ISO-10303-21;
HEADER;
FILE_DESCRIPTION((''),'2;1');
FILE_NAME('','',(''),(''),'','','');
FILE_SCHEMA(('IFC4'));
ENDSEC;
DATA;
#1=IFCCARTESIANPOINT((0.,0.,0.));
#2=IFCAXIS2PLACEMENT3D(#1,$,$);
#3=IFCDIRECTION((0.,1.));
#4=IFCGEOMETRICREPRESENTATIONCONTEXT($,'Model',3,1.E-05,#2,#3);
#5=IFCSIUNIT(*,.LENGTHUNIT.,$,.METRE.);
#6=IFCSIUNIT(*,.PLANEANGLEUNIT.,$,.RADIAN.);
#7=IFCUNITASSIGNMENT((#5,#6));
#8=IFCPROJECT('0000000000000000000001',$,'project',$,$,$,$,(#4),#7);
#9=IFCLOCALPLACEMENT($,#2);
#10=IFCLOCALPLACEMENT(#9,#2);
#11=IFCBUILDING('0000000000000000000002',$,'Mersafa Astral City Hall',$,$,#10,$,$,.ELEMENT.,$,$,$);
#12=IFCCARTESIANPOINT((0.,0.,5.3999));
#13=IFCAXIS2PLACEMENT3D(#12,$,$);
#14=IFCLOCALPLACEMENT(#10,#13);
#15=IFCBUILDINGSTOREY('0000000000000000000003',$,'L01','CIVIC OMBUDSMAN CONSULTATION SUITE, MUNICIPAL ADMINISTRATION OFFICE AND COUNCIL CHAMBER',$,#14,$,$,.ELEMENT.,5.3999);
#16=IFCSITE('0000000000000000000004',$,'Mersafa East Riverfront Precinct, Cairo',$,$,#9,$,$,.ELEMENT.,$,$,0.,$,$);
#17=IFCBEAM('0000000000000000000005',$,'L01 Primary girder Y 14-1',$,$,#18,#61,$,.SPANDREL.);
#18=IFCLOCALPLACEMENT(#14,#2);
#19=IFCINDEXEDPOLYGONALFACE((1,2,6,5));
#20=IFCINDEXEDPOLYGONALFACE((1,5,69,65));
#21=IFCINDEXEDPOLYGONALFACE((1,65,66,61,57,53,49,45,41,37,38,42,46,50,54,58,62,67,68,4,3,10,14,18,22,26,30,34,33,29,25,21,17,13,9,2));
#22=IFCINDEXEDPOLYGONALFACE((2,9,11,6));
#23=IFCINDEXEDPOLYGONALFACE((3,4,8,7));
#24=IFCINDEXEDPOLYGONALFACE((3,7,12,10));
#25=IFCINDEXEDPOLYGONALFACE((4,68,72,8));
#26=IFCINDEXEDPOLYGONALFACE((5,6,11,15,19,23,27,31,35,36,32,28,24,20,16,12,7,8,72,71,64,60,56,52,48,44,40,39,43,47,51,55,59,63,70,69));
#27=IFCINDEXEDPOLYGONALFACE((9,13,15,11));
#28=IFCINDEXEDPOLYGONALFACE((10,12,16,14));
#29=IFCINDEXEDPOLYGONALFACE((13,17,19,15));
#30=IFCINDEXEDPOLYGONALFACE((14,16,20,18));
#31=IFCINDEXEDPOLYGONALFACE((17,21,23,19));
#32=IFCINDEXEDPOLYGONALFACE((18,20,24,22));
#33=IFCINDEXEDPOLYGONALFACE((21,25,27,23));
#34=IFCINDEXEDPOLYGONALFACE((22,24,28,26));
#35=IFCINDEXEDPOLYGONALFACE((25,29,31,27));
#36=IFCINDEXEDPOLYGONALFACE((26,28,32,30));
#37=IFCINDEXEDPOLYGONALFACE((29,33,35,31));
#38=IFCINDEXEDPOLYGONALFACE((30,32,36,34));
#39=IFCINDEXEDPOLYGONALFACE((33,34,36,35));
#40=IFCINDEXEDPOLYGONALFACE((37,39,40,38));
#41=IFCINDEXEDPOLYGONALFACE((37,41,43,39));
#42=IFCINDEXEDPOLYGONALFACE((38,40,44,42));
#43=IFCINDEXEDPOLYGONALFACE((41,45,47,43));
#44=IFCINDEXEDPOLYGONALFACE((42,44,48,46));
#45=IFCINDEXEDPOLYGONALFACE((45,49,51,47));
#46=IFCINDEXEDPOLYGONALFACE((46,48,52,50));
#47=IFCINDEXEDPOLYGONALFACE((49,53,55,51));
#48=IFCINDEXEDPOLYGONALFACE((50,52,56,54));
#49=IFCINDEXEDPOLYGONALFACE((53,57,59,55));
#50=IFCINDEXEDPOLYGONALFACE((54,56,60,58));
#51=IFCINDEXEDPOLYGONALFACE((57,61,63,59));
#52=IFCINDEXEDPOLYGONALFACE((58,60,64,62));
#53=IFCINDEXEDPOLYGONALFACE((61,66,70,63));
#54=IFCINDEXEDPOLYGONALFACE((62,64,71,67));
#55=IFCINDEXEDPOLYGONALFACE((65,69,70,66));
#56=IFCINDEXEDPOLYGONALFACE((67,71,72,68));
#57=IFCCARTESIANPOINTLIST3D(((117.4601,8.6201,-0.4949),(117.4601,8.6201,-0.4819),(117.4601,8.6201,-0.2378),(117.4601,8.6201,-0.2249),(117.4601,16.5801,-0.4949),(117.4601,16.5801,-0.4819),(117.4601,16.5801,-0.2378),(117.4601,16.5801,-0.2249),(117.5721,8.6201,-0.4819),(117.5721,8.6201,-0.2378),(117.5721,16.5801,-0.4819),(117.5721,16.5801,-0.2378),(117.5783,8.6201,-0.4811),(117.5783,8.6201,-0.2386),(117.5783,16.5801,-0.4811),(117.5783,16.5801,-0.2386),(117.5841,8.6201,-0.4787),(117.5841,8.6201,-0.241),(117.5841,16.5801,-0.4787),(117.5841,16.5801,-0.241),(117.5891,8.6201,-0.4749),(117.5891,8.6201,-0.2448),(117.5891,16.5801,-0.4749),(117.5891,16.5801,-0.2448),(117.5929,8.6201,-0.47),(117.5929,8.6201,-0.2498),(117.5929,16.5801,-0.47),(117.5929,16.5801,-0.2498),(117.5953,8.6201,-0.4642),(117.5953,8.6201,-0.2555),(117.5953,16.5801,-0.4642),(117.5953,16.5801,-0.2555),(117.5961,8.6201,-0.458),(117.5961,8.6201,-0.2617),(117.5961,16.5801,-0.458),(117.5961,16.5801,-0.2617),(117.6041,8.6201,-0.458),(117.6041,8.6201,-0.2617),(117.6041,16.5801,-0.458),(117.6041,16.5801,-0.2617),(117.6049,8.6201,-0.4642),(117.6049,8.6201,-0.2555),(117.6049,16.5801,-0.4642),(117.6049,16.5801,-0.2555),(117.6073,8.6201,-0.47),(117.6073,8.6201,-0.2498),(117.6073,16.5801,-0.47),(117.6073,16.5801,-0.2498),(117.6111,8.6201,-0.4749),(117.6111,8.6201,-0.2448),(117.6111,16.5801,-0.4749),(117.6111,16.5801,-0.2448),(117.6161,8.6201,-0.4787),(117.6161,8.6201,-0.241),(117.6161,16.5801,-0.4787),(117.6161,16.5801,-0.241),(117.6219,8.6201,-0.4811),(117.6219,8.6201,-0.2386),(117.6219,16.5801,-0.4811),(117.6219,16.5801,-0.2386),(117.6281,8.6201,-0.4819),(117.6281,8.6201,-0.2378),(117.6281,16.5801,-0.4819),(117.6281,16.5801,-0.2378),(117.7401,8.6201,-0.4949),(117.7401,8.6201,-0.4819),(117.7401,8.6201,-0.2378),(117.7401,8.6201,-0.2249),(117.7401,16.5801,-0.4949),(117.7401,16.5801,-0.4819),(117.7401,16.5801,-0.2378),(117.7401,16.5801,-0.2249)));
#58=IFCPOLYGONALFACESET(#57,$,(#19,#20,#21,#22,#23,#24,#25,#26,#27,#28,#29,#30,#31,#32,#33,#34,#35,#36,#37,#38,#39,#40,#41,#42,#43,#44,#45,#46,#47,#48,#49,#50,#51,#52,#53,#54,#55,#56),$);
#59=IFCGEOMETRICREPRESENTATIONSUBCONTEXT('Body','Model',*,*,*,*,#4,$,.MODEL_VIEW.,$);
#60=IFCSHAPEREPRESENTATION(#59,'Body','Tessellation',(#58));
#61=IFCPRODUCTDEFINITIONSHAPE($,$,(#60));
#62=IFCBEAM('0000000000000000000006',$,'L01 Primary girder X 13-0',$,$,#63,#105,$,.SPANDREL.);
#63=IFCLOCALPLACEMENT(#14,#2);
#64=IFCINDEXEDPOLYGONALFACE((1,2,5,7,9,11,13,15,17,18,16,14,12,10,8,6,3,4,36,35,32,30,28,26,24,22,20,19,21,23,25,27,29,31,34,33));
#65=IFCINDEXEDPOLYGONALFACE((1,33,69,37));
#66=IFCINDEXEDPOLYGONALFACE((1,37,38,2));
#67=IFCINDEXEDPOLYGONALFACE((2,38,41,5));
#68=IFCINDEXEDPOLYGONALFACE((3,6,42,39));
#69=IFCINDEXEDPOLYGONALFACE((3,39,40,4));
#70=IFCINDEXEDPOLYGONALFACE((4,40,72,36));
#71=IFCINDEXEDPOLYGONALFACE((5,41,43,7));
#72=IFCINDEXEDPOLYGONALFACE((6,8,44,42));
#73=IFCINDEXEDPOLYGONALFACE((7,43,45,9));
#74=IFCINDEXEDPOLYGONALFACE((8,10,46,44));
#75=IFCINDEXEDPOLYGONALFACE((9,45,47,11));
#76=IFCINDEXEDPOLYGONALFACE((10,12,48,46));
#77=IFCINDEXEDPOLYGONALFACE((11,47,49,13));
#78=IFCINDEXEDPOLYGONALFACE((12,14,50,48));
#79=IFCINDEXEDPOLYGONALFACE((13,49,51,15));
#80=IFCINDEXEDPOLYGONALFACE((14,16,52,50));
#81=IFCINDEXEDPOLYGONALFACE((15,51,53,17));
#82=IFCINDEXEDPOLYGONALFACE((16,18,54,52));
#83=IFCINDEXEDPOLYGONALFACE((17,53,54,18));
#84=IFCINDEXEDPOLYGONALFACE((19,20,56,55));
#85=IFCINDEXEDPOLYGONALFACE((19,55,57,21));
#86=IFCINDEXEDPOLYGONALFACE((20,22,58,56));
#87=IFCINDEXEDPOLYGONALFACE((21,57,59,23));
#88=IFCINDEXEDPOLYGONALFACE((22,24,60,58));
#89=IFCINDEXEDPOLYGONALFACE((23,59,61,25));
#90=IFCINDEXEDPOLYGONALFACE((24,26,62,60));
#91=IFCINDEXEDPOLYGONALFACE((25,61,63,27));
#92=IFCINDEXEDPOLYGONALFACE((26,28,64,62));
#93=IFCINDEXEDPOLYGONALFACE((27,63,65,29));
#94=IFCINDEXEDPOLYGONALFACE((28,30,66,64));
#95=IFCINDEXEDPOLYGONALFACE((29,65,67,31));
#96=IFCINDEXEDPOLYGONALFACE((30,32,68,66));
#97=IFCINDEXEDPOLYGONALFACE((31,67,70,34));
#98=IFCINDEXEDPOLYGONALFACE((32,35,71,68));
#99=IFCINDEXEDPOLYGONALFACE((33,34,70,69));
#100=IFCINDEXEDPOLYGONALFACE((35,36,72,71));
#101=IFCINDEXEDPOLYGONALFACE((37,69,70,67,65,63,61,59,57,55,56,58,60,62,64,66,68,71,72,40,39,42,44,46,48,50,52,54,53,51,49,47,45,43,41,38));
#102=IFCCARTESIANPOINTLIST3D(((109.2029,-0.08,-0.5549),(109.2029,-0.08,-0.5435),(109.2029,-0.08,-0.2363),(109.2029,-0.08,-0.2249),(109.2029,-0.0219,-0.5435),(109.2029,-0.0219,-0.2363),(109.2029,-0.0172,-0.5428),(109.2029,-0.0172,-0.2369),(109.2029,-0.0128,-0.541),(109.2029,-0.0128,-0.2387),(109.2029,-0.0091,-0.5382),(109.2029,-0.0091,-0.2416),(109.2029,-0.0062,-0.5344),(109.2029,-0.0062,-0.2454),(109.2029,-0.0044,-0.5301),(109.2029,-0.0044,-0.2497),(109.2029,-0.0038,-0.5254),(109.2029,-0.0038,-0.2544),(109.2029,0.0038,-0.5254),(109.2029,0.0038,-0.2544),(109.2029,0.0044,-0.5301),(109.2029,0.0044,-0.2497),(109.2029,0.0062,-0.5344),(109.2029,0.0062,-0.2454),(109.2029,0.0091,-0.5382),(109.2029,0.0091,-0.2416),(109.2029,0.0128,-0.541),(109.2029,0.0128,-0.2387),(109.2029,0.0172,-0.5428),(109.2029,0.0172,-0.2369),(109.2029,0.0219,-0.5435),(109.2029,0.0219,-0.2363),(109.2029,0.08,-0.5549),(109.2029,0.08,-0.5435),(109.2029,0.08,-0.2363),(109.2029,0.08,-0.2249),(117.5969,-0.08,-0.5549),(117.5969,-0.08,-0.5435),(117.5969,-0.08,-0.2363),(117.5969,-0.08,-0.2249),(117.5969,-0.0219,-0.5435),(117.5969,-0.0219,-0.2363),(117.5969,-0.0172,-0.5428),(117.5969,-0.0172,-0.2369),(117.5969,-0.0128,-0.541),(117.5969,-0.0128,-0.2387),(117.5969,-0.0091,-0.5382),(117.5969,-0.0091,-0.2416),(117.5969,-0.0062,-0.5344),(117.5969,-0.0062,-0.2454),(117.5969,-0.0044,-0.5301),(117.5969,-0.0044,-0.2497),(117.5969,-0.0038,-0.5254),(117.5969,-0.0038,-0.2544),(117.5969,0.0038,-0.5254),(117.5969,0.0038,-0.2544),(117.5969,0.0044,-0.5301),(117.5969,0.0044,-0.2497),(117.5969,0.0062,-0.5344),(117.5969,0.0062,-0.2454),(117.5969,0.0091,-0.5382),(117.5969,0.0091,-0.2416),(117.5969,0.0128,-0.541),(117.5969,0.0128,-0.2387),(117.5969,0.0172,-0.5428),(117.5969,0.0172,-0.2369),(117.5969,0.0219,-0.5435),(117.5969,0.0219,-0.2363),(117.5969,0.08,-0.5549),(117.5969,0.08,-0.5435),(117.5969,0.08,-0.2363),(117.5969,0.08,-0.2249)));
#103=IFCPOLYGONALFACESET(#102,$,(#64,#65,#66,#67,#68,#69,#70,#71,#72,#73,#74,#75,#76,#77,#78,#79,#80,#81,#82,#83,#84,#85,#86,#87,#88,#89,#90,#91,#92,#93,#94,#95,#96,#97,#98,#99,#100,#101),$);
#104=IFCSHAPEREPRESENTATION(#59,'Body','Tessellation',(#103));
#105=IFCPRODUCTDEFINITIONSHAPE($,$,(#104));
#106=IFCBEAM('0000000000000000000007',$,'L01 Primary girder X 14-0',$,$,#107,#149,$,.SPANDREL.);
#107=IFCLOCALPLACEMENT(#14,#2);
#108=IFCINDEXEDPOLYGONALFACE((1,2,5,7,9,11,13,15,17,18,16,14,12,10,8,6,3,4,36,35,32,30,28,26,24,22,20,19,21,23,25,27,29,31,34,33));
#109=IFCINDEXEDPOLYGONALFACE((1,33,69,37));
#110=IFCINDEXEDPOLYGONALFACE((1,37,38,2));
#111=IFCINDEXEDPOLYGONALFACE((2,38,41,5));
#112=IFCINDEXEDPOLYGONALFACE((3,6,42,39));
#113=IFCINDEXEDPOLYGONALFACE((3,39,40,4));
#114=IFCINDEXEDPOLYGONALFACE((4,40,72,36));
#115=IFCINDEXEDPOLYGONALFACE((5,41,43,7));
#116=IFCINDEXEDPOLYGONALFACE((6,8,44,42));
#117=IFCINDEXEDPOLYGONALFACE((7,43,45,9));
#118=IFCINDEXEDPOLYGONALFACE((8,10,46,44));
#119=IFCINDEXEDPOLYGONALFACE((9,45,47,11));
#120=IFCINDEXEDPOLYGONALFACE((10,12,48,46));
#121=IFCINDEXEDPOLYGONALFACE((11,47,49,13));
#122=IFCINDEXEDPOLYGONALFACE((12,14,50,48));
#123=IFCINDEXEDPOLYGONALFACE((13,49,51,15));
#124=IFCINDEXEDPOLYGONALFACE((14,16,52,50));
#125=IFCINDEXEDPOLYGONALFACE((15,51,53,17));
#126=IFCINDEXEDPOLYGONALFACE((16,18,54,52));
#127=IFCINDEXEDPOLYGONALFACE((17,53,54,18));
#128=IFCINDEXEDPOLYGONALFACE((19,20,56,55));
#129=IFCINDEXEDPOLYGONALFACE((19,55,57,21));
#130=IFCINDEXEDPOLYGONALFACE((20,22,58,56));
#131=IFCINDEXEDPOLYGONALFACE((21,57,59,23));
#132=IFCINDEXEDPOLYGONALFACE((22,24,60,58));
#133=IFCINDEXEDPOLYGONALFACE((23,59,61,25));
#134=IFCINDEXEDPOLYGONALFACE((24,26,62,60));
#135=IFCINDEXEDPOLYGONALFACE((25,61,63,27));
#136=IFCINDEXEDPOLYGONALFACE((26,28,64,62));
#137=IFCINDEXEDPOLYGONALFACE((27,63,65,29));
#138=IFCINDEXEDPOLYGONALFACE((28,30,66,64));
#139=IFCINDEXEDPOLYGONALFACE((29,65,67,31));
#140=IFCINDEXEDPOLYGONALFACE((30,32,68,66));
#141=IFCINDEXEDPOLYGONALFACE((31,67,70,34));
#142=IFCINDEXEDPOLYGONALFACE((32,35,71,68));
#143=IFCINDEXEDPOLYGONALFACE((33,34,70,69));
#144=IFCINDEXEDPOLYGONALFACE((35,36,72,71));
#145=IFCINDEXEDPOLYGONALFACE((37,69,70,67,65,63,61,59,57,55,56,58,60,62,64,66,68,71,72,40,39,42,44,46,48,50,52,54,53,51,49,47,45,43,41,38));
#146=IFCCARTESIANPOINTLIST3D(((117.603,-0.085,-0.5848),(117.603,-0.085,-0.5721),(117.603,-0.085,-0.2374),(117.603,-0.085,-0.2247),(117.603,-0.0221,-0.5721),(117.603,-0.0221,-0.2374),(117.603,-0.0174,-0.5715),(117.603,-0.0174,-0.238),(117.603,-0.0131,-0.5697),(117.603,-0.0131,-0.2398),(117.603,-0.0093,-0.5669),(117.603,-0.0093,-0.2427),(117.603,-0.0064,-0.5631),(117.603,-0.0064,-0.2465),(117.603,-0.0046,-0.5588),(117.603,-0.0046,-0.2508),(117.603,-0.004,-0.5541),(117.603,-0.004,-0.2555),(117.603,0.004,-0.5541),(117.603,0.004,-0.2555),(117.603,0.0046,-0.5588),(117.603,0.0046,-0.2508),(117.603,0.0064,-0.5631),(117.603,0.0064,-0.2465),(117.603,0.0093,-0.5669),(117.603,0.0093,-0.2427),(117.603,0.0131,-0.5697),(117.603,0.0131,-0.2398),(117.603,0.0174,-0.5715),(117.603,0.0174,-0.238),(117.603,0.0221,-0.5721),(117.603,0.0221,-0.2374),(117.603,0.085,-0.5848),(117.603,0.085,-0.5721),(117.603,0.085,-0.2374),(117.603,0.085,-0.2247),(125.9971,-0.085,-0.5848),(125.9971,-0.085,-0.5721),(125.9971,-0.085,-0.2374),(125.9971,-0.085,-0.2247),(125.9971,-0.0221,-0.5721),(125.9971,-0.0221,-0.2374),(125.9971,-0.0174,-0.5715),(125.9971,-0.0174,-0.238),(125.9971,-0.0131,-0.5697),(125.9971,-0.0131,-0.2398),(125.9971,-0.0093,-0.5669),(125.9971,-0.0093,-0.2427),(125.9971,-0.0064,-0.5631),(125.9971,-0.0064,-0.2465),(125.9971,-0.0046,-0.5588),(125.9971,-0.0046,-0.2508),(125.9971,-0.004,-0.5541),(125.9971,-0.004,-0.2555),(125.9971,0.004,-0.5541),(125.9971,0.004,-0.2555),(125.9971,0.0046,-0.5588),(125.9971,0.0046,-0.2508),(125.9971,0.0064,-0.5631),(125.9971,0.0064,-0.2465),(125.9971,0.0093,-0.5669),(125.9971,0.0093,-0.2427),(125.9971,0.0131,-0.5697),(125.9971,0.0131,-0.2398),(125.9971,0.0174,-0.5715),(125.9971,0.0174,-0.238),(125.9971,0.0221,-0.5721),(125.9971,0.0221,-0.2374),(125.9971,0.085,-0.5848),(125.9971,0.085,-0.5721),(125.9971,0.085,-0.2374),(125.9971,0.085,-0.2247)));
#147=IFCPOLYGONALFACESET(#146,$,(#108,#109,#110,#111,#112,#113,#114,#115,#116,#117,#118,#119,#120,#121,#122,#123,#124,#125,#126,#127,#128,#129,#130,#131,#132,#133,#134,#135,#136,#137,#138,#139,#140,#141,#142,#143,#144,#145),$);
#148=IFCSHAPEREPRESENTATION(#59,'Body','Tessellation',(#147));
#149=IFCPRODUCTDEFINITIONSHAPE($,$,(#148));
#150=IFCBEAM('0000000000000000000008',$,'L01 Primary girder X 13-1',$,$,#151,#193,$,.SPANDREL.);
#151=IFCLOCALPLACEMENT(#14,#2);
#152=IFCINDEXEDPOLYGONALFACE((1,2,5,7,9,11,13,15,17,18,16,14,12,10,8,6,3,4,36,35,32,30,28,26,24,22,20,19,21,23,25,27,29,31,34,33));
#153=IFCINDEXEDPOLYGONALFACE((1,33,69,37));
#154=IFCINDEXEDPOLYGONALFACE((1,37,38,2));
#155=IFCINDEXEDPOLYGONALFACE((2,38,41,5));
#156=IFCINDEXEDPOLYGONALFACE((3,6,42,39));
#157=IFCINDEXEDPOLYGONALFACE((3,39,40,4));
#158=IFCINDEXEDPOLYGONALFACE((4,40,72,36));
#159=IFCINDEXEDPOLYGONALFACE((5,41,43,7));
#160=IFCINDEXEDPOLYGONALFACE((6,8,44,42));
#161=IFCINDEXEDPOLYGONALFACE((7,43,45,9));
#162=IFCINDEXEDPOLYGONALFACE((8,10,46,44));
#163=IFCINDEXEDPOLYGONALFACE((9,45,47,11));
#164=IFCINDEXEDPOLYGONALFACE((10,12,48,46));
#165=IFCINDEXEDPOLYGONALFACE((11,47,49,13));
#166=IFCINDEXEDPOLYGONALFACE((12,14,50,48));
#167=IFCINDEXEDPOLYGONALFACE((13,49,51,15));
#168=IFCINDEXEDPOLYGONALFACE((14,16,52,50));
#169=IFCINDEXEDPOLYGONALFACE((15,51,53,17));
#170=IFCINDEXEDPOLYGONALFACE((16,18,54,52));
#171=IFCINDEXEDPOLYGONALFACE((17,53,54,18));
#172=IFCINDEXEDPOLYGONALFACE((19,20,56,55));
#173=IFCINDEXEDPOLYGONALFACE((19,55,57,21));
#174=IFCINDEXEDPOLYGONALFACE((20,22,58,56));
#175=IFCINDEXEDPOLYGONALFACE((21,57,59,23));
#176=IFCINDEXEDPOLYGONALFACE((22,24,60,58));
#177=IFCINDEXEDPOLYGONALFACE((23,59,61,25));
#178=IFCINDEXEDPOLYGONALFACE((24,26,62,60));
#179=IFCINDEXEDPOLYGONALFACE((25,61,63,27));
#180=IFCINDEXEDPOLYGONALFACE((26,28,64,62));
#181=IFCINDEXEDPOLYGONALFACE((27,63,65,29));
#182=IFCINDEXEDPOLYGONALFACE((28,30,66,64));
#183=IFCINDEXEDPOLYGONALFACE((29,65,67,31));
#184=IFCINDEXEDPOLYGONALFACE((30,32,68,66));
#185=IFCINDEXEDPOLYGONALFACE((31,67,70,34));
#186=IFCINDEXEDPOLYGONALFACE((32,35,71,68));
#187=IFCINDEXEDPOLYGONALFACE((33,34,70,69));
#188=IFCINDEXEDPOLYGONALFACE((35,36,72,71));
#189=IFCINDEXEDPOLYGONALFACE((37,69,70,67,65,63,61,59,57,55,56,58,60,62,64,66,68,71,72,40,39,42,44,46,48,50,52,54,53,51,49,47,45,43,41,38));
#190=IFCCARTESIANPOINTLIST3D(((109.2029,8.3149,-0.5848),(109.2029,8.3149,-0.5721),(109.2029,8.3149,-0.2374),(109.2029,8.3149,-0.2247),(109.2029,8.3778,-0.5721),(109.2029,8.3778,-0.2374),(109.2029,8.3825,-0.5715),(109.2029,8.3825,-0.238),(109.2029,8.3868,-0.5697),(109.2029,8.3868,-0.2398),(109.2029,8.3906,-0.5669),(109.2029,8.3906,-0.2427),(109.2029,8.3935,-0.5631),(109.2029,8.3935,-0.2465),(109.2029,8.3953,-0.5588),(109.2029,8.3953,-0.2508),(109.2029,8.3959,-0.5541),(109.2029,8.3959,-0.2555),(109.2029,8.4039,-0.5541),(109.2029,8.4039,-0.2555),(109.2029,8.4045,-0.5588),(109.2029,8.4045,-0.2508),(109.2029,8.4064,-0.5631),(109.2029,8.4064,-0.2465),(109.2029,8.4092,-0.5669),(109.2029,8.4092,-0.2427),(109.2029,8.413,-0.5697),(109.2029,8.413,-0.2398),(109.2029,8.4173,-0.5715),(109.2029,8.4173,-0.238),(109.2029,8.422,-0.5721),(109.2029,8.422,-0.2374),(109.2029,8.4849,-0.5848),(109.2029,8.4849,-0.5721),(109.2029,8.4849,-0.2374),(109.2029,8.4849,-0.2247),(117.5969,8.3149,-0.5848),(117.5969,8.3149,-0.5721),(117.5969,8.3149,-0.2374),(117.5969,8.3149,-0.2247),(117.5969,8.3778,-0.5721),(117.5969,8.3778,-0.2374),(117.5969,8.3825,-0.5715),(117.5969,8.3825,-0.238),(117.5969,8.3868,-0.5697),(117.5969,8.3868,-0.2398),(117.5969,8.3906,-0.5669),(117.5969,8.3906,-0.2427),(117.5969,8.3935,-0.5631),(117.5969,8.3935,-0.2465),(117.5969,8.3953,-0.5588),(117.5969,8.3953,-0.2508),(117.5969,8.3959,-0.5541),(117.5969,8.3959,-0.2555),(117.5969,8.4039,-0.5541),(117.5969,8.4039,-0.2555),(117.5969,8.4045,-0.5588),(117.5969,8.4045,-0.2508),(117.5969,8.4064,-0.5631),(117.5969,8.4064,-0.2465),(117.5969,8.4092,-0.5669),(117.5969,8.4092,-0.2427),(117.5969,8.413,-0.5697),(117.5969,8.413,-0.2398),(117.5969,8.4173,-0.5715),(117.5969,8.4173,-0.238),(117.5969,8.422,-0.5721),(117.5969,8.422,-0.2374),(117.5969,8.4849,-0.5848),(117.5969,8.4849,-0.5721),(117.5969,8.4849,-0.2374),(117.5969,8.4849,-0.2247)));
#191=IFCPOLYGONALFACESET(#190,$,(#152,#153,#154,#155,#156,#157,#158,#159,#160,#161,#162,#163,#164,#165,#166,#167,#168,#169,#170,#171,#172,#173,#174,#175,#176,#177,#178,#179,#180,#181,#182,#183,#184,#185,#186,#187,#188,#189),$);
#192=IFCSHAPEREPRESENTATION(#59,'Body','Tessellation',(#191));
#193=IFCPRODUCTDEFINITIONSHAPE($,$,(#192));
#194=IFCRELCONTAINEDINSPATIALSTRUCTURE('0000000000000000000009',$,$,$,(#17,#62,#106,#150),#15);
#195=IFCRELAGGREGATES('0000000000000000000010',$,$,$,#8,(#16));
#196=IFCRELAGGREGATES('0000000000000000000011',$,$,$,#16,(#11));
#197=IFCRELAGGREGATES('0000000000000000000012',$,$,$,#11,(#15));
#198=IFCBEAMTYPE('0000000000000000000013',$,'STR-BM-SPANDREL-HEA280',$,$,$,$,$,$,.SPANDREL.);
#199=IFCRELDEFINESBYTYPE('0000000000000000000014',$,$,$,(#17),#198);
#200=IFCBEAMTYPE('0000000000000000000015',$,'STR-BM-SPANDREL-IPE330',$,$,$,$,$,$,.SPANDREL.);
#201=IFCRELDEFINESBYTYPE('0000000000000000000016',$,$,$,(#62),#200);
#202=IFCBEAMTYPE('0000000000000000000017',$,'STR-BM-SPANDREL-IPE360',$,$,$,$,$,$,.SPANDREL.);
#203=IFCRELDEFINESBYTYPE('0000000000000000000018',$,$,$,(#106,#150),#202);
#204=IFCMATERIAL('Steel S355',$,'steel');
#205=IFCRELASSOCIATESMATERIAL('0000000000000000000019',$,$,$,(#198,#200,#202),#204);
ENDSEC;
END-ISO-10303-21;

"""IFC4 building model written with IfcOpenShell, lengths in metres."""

from ifc_helpers import new_model, si_unit, direction, frame, origin, origin_2d, place, context, subcontext, project, spatial, i_section, extrude, material, material_profile, profile_set, type_object, element, save


model = new_model("IFC4")

# Units and contexts
model_context = context("Model", 3, precision=1e-05, world=origin(), true_north=direction((0.0, 1.0)))
body_context = subcontext(model_context, "Body", "Model", "MODEL_VIEW")
ifc_project = project(units=[si_unit("LENGTHUNIT", "METRE"), si_unit("PLANEANGLEUNIT", "RADIAN")], contexts=[model_context])

# Site, building, storey
site_placement = place(None, origin())
site = spatial("IfcSite", under=ifc_project, at=site_placement, Name="Mersafa East Riverfront Precinct, Cairo", CompositionType="ELEMENT", RefElevation=0.0)
building_placement = place(site_placement, origin())
building = spatial("IfcBuilding", under=site, at=building_placement, Name="Mersafa Astral City Hall", CompositionType="ELEMENT")
storey_placement = place(building_placement, frame((0.0, 0.0, 5.3999)))
storey = spatial("IfcBuildingStorey", under=building, at=storey_placement, Name="L01", Description="CIVIC OMBUDSMAN CONSULTATION SUITE, MUNICIPAL ADMINISTRATION OFFICE AND COUNCIL CHAMBER", CompositionType="ELEMENT", Elevation=5.3999)

# Shared definitions
ifc_material_1 = material(Name="Steel S355", Category="steel")

# Beams
ifc_material_profile_1 = material_profile(ifc_material_1, i_section(OverallWidth=0.28, OverallDepth=0.27, WebThickness=0.0081, FlangeThickness=0.0129, FilletRadius=0.0239, at=origin_2d()), Name="HEA 280")
ifc_profile_set_1 = profile_set([ifc_material_profile_1], Name="Steel S355")
beam_type_1 = type_object("IfcBeamType", Name="STR-BM-SPANDREL-HEA280", PredefinedType="SPANDREL", material=ifc_profile_set_1)
beam_1_placement = place(storey_placement, frame((117.6001, 8.6201, -0.3599), z_axis=(0.0, 1.0, 0.0), x_axis=(-1.0, 0.0, 0.0)))
element("IfcBeam", 1, at=beam_1_placement, inside=storey, type_object=beam_type_1, Name="L01 Primary girder Y 14-1", PredefinedType="SPANDREL", context=body_context, shape_type="SweptSolid", body=[
    extrude(i_section(OverallWidth=0.28, OverallDepth=0.27, WebThickness=0.0081, FlangeThickness=0.0129, FilletRadius=0.0239, at=origin_2d()), origin(), (0.0, 0.0, 1.0), 7.96),
])
ifc_material_profile_2 = material_profile(ifc_material_1, i_section(OverallWidth=0.1599, OverallDepth=0.3301, WebThickness=0.0076, FlangeThickness=0.0115, FilletRadius=0.0181, at=origin_2d()), Name="IPE 330")
ifc_profile_set_2 = profile_set([ifc_material_profile_2], Name="Steel S355")
beam_type_2 = type_object("IfcBeamType", Name="STR-BM-SPANDREL-IPE330", PredefinedType="SPANDREL", material=ifc_profile_set_2)
beam_2_placement = place(storey_placement, frame((109.2029, 0.0, -0.3899), z_axis=(1.0, 0.0, 0.0), x_axis=(0.0, 1.0, 0.0)))
element("IfcBeam", 2, at=beam_2_placement, inside=storey, type_object=beam_type_2, Name="L01 Primary girder X 13-0", PredefinedType="SPANDREL", context=body_context, shape_type="SweptSolid", body=[
    extrude(i_section(OverallWidth=0.1599, OverallDepth=0.3301, WebThickness=0.0076, FlangeThickness=0.0115, FilletRadius=0.0181, at=origin_2d()), origin(), (0.0, 0.0, 1.0), 8.394),
])
ifc_material_profile_3 = material_profile(ifc_material_1, i_section(OverallWidth=0.1699, OverallDepth=0.3601, WebThickness=0.0081, FlangeThickness=0.0127, FilletRadius=0.0181, at=origin_2d()), Name="IPE 360")
ifc_profile_set_3 = profile_set([ifc_material_profile_3], Name="Steel S355")
beam_type_3 = type_object("IfcBeamType", Name="STR-BM-SPANDREL-IPE360", PredefinedType="SPANDREL", material=ifc_profile_set_3)
for number, where, z_axis, x_axis, name in (
    (3, (117.603, 0.0, -0.4048), (1.0, 0.0, 0.0), (0.0, 1.0, 0.0), "L01 Primary girder X 14-0"),
    (4, (109.2029, 8.3999, -0.4048), (1.0, 0.0, 0.0), (0.0, 1.0, 0.0), "L01 Primary girder X 13-1"),
):
    element("IfcBeam", number, at=place(storey_placement, frame(where, z_axis=z_axis, x_axis=x_axis)), inside=storey, type_object=beam_type_3, Name=name, PredefinedType="SPANDREL", context=body_context, shape_type="SweptSolid", body=[
        extrude(i_section(OverallWidth=0.1699, OverallDepth=0.3601, WebThickness=0.0081, FlangeThickness=0.0127, FilletRadius=0.0181, at=origin_2d()), origin(), (0.0, 0.0, 1.0), 8.394),
    ])

save(model, "model.ifc")
